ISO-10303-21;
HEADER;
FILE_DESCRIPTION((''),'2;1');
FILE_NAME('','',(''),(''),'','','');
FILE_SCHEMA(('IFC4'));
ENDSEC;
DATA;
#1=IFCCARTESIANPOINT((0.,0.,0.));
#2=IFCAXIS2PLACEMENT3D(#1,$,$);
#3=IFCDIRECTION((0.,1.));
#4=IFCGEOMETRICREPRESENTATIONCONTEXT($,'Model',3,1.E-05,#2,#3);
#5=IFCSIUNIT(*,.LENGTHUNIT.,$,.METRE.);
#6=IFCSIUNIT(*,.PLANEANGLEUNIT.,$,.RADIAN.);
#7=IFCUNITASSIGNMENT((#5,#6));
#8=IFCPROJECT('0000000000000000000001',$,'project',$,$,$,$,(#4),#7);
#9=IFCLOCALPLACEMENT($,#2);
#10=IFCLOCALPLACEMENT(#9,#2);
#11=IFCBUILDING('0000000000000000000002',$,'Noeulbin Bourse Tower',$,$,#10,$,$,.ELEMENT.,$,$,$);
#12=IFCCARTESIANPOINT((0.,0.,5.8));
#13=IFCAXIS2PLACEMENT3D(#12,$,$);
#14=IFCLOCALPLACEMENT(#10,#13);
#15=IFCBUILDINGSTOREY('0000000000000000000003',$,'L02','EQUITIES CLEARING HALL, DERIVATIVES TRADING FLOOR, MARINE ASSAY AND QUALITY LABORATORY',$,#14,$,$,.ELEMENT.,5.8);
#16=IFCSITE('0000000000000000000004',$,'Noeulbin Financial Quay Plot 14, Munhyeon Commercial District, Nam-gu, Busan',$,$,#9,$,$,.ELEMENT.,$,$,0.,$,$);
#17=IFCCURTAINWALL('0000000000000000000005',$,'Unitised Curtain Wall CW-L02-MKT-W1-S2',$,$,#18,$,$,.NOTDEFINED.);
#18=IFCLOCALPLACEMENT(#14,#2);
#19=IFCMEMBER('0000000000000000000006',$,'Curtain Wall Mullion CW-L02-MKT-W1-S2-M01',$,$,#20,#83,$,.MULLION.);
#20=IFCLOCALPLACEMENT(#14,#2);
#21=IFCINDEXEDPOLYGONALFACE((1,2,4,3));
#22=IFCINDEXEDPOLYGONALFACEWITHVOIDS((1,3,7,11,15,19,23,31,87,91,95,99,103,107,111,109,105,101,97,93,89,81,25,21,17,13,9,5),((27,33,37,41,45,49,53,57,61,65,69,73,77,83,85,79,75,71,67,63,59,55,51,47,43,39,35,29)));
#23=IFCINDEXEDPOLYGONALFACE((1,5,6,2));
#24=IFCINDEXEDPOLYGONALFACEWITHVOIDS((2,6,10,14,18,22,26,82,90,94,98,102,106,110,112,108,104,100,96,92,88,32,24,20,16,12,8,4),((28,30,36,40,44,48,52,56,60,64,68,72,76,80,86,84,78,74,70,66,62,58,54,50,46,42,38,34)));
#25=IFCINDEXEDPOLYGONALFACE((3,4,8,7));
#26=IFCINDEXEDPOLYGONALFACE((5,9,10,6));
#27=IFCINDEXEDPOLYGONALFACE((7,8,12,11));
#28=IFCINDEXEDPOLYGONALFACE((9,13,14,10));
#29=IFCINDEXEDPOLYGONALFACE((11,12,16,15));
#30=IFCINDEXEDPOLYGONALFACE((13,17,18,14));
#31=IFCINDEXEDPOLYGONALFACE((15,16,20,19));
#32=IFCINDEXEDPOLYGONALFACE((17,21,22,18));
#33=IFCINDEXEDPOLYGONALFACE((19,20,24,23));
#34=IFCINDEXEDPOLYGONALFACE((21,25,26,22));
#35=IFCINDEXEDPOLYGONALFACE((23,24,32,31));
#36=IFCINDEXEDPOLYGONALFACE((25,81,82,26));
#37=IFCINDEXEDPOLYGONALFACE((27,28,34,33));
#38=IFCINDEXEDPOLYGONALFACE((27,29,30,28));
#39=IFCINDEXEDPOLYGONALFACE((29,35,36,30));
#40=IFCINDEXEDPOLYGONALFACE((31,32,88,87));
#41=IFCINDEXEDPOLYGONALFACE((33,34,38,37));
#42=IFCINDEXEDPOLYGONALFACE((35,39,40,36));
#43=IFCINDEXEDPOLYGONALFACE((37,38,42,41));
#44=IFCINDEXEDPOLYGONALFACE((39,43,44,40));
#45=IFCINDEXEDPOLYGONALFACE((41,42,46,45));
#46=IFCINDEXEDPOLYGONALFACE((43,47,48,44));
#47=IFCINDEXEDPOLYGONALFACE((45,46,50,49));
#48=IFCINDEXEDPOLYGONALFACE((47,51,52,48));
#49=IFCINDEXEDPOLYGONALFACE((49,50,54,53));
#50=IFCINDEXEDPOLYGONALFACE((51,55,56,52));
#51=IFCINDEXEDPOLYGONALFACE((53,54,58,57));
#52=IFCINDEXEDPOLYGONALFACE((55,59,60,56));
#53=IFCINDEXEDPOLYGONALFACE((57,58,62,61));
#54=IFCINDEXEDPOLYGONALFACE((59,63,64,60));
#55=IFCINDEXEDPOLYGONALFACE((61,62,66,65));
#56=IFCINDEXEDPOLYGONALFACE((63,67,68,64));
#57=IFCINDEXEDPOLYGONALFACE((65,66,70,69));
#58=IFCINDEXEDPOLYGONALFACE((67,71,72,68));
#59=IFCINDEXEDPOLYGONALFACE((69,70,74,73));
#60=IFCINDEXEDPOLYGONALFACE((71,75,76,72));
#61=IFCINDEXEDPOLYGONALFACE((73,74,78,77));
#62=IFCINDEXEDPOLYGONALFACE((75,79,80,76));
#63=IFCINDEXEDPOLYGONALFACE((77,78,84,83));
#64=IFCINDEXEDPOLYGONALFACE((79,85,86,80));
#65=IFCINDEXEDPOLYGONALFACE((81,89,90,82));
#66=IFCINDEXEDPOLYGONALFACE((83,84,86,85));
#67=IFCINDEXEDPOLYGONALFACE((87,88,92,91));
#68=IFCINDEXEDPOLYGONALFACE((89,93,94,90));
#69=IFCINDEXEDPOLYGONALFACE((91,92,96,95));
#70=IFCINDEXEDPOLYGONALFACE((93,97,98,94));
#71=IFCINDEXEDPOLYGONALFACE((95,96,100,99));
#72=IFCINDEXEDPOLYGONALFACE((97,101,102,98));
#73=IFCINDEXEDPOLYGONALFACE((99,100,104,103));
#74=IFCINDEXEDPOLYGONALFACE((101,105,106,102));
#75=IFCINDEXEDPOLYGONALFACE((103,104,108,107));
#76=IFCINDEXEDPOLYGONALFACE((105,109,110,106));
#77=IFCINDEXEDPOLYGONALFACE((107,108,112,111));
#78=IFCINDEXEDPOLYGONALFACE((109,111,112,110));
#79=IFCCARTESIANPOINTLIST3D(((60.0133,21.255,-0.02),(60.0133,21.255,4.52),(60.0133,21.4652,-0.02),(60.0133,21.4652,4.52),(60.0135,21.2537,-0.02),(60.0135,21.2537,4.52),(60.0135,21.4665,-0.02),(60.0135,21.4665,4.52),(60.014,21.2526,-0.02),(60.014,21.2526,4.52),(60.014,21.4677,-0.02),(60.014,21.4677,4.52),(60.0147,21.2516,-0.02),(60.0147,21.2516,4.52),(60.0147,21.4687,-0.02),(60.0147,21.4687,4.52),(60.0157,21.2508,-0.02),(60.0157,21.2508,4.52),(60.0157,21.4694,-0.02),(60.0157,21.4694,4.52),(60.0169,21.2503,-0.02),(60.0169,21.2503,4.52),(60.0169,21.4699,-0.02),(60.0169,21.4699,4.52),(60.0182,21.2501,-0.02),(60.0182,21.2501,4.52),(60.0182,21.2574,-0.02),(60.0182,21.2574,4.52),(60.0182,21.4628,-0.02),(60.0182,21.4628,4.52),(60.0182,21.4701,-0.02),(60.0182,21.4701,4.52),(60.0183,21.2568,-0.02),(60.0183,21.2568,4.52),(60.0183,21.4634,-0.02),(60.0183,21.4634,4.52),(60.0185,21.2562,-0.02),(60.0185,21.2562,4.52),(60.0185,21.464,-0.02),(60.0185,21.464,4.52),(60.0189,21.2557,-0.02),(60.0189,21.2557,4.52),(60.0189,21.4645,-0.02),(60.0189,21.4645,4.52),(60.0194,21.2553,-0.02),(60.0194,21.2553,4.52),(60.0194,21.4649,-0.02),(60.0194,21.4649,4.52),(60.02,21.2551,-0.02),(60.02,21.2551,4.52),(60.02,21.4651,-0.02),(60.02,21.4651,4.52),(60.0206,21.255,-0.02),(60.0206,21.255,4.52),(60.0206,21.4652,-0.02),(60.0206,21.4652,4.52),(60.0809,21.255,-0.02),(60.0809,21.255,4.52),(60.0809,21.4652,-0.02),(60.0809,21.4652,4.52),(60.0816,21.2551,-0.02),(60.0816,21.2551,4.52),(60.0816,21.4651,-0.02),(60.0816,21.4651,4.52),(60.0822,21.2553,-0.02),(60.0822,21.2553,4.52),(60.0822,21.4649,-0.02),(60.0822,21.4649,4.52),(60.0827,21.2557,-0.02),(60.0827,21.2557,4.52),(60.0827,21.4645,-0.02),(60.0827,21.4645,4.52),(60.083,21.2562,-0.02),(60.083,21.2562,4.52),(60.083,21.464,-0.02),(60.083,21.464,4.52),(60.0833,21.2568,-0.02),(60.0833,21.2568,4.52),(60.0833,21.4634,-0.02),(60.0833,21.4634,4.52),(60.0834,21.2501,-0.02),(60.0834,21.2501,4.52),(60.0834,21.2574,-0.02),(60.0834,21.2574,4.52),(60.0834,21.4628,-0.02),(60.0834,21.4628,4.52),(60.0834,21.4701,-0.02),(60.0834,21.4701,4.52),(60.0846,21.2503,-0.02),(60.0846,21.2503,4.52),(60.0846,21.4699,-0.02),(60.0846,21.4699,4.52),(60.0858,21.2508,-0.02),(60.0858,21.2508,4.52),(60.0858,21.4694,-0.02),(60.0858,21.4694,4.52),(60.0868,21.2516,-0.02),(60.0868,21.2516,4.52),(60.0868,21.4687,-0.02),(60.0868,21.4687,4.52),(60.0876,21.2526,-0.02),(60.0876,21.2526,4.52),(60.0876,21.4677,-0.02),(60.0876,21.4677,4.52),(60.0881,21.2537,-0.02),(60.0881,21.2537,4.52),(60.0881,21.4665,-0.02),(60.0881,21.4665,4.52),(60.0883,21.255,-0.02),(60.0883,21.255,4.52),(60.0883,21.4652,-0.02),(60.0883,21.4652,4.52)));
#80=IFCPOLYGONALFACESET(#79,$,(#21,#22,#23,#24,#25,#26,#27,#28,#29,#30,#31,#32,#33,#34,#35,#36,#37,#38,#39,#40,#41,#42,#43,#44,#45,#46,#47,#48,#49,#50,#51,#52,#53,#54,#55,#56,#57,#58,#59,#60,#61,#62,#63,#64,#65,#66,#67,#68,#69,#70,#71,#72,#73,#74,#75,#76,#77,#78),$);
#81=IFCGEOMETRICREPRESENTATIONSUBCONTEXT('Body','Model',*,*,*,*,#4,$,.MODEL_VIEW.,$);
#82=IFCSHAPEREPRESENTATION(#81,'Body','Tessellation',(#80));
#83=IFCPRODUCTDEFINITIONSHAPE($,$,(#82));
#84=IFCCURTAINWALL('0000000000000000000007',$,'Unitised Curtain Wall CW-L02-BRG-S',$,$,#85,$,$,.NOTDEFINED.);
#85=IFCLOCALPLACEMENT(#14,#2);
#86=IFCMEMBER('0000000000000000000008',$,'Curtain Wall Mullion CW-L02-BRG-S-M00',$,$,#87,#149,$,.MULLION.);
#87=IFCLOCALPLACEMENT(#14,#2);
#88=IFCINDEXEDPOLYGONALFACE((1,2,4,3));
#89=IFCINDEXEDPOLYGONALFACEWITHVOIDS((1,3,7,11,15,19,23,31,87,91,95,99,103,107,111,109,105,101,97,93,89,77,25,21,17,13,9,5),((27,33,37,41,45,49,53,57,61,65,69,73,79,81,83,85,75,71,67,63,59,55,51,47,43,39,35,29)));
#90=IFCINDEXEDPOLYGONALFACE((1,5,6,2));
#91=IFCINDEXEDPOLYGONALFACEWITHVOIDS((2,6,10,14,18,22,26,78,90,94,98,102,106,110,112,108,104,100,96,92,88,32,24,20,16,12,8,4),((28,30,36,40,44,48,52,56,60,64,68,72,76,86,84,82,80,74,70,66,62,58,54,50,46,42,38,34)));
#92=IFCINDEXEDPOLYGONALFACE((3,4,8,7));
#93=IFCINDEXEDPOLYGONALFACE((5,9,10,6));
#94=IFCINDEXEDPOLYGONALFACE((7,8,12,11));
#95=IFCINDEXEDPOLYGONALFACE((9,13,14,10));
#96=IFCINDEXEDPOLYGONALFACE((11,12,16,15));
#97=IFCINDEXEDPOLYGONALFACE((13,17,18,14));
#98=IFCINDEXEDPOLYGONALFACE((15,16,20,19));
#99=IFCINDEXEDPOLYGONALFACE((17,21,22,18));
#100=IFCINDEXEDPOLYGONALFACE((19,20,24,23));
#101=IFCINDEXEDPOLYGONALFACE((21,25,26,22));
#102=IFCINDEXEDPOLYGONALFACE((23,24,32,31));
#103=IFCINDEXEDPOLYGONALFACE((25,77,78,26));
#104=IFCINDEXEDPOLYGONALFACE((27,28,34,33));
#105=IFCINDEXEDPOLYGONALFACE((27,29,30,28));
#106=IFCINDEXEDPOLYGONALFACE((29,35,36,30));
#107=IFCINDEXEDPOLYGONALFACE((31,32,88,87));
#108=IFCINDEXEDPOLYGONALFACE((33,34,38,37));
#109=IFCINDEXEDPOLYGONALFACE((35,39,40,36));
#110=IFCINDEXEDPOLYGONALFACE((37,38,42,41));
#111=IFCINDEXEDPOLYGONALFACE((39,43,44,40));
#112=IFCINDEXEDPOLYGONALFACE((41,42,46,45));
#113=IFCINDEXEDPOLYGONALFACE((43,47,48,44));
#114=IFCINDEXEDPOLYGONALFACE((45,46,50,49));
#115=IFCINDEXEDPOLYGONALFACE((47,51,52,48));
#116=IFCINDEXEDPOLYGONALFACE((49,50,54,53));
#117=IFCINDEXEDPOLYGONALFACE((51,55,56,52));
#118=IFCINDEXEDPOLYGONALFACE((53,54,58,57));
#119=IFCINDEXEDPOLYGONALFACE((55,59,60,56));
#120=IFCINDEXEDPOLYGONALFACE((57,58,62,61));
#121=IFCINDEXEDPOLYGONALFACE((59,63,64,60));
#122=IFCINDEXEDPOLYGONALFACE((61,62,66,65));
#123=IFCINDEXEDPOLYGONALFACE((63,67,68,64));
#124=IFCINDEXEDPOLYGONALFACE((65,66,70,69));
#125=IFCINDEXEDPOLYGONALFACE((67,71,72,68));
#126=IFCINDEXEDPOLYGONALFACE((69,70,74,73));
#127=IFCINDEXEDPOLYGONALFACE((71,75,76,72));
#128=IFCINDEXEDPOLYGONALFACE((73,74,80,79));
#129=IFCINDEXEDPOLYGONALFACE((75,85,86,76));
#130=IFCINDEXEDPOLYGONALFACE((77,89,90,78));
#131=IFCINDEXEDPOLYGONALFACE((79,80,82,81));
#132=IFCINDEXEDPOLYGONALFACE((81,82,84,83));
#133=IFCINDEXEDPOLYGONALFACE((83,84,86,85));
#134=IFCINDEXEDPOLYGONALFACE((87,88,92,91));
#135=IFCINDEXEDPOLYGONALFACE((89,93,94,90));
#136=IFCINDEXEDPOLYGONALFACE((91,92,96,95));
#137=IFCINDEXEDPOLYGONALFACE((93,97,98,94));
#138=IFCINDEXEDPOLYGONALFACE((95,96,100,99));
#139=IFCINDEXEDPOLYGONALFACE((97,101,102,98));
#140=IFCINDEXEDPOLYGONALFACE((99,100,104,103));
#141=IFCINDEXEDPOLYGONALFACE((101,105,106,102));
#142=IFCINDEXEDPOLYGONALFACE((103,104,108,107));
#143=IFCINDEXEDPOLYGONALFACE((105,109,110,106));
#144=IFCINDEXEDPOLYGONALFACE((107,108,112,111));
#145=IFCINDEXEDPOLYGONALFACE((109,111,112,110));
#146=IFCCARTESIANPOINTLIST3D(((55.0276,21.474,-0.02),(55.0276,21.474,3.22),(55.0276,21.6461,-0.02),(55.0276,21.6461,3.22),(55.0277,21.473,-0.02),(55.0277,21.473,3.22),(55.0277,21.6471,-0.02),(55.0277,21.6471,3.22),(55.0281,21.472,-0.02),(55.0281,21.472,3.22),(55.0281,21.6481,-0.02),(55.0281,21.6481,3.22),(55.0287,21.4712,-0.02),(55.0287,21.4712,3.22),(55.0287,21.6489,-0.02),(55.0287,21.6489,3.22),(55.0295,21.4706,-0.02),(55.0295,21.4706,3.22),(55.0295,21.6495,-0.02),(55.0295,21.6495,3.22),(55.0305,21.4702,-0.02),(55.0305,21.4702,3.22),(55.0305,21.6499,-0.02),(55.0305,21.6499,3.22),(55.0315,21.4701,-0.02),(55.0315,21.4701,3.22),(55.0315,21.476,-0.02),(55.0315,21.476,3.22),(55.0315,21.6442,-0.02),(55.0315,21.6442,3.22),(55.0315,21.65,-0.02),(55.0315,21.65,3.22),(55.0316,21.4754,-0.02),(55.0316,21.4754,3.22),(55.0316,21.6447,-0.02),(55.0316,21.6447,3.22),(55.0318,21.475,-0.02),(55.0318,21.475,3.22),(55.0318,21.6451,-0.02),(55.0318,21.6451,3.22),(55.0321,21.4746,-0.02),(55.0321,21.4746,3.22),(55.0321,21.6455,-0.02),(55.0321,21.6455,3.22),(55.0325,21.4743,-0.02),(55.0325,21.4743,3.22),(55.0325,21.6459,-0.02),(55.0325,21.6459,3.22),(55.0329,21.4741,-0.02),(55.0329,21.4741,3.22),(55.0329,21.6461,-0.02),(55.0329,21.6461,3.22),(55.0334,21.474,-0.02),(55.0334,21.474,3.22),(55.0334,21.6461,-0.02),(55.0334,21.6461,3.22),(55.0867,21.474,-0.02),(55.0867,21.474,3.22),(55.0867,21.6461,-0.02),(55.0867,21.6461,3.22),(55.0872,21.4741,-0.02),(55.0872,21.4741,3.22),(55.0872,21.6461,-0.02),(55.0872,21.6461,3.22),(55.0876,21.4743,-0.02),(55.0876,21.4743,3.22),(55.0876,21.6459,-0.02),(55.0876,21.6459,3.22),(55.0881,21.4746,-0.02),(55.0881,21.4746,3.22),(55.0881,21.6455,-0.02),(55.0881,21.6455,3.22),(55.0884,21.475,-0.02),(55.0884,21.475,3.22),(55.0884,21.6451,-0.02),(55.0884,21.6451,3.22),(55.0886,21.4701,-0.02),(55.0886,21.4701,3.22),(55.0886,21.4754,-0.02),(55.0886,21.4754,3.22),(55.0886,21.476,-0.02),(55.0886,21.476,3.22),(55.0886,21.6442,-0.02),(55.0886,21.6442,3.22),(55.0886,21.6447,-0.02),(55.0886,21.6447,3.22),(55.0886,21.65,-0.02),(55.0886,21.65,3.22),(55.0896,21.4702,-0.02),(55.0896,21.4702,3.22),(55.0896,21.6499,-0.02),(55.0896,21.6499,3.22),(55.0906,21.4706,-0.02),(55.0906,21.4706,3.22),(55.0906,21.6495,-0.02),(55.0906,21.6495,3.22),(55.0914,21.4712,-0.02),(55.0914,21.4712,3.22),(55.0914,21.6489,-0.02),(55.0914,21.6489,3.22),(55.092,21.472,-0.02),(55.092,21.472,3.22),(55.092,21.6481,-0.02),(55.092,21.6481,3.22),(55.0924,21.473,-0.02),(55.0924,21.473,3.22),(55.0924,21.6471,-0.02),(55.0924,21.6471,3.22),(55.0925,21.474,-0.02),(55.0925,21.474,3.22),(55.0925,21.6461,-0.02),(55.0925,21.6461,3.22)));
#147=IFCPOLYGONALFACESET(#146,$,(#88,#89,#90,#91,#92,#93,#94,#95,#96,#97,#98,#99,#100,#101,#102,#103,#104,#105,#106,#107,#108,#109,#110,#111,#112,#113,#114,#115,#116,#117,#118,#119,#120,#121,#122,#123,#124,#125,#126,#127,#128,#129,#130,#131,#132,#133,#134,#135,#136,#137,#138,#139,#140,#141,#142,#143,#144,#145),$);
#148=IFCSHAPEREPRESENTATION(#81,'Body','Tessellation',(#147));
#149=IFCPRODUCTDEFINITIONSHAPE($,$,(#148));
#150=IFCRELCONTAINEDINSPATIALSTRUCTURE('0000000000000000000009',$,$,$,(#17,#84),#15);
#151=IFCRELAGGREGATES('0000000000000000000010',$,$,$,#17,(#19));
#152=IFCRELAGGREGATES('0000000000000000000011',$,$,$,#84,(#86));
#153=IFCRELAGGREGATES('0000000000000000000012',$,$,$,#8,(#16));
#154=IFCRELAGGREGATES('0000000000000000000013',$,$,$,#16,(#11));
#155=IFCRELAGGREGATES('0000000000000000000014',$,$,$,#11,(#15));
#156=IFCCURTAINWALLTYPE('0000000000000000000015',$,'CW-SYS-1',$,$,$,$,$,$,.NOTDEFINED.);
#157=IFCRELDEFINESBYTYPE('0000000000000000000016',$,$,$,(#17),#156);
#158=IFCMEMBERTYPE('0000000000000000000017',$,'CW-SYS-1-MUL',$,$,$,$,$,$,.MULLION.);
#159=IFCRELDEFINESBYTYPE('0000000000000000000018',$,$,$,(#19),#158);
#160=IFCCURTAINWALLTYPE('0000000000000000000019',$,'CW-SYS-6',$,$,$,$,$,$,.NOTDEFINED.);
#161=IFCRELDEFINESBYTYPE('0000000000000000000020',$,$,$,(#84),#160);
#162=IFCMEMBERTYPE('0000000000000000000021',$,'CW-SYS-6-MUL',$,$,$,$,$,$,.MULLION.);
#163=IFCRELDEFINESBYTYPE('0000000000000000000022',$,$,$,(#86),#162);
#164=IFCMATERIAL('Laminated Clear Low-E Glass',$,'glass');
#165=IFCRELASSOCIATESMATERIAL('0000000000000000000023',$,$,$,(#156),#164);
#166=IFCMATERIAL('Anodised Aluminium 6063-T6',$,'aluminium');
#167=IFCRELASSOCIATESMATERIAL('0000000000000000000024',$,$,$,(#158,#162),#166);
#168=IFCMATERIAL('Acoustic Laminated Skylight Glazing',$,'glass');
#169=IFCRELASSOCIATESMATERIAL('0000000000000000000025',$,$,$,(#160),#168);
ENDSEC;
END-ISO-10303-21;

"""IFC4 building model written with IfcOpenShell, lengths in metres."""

from ifc_helpers import new_model, si_unit, direction, frame, origin, origin_2d, place, context, subcontext, project, spatial, hollow_rectangle, extrude, material, material_profile, profile_set, type_object, element, aggregate, save


model = new_model("IFC4")

# Units and contexts
model_context = context("Model", 3, precision=1e-05, world=origin(), true_north=direction((0.0, 1.0)))
body_context = subcontext(model_context, "Body", "Model", "MODEL_VIEW")
ifc_project = project(units=[si_unit("LENGTHUNIT", "METRE"), si_unit("PLANEANGLEUNIT", "RADIAN")], contexts=[model_context])

# Site, building, storey
site_placement = place(None, origin())
site = spatial("IfcSite", under=ifc_project, at=site_placement, Name="Noeulbin Financial Quay Plot 14, Munhyeon Commercial District, Nam-gu, Busan", CompositionType="ELEMENT", RefElevation=0.0)
building_placement = place(site_placement, origin())
building = spatial("IfcBuilding", under=site, at=building_placement, Name="Noeulbin Bourse Tower", CompositionType="ELEMENT")
storey_placement = place(building_placement, frame((0.0, 0.0, 5.8)))
storey = spatial("IfcBuildingStorey", under=building, at=storey_placement, Name="L02", Description="EQUITIES CLEARING HALL, DERIVATIVES TRADING FLOOR, MARINE ASSAY AND QUALITY LABORATORY", CompositionType="ELEMENT", Elevation=5.8)

# Curtain wall, member
ifc_material_1 = material(Name="Laminated Clear Low-E Glass", Category="glass")
curtain_wall_type_1 = type_object("IfcCurtainWallType", Name="CW-SYS-1", PredefinedType="NOTDEFINED", material=ifc_material_1)
curtain_wall_1_placement = place(storey_placement, origin())
curtain_wall_1 = element("IfcCurtainWall", 1, at=curtain_wall_1_placement, inside=storey, type_object=curtain_wall_type_1, Name="Unitised Curtain Wall CW-L02-MKT-W1-S2", PredefinedType="NOTDEFINED")
ifc_material_2 = material(Name="Anodised Aluminium 6063-T6", Category="aluminium")
ifc_material_profile_1 = material_profile(ifc_material_2, hollow_rectangle(XDim=0.075, YDim=0.22, WallThickness=0.0049, InnerFilletRadius=0.0024, OuterFilletRadius=0.0049, at=origin_2d()), Name="ALU-MULL-75x220x5", Category="LoadBearing")
ifc_profile_set_1 = profile_set([ifc_material_profile_1], Name="Anodised Aluminium 6063-T6")
member_type_1 = type_object("IfcMemberType", Name="CW-SYS-1-MUL", PredefinedType="MULLION", material=ifc_profile_set_1)
member_1_placement = place(storey_placement, frame((60.0508, 21.3601, -0.02), z_axis=(0.0, 0.0, 1.0), x_axis=(1.0, 0.0, 0.0)))
member_1 = element("IfcMember", 2, at=member_1_placement, type_object=member_type_1, Name="Curtain Wall Mullion CW-L02-MKT-W1-S2-M01", PredefinedType="MULLION", context=body_context, shape_type="SweptSolid", body=[
    extrude(hollow_rectangle(XDim=0.075, YDim=0.22, WallThickness=0.0049, InnerFilletRadius=0.0024, OuterFilletRadius=0.0049, at=origin_2d()), origin(), (0.0, 0.0, 1.0), 4.54),
])

# Curtain wall, member
ifc_material_3 = material(Name="Acoustic Laminated Skylight Glazing", Category="glass")
curtain_wall_type_2 = type_object("IfcCurtainWallType", Name="CW-SYS-6", PredefinedType="NOTDEFINED", material=ifc_material_3)
curtain_wall_2_placement = place(storey_placement, origin())
curtain_wall_2 = element("IfcCurtainWall", 3, at=curtain_wall_2_placement, inside=storey, type_object=curtain_wall_type_2, Name="Unitised Curtain Wall CW-L02-BRG-S", PredefinedType="NOTDEFINED")
ifc_material_profile_2 = material_profile(ifc_material_2, hollow_rectangle(XDim=0.0649, YDim=0.1799, WallThickness=0.0039, InnerFilletRadius=0.002, OuterFilletRadius=0.0039, at=origin_2d()), Name="ALU-MULL-65x180x4", Category="LoadBearing")
ifc_profile_set_2 = profile_set([ifc_material_profile_2], Name="Anodised Aluminium 6063-T6")
member_type_2 = type_object("IfcMemberType", Name="CW-SYS-6-MUL", PredefinedType="MULLION", material=ifc_profile_set_2)
member_2_placement = place(storey_placement, frame((55.0601, 21.5601, -0.02), z_axis=(0.0, 0.0, 1.0), x_axis=(1.0, 0.0, 0.0)))
member_2 = element("IfcMember", 4, at=member_2_placement, type_object=member_type_2, Name="Curtain Wall Mullion CW-L02-BRG-S-M00", PredefinedType="MULLION", context=body_context, shape_type="SweptSolid", body=[
    extrude(hollow_rectangle(XDim=0.0649, YDim=0.1799, WallThickness=0.0039, InnerFilletRadius=0.002, OuterFilletRadius=0.0039, at=origin_2d()), origin(), (0.0, 0.0, 1.0), 3.24),
])

aggregate(curtain_wall_1, [member_1])
aggregate(curtain_wall_2, [member_2])

save(model, "model.ifc")
